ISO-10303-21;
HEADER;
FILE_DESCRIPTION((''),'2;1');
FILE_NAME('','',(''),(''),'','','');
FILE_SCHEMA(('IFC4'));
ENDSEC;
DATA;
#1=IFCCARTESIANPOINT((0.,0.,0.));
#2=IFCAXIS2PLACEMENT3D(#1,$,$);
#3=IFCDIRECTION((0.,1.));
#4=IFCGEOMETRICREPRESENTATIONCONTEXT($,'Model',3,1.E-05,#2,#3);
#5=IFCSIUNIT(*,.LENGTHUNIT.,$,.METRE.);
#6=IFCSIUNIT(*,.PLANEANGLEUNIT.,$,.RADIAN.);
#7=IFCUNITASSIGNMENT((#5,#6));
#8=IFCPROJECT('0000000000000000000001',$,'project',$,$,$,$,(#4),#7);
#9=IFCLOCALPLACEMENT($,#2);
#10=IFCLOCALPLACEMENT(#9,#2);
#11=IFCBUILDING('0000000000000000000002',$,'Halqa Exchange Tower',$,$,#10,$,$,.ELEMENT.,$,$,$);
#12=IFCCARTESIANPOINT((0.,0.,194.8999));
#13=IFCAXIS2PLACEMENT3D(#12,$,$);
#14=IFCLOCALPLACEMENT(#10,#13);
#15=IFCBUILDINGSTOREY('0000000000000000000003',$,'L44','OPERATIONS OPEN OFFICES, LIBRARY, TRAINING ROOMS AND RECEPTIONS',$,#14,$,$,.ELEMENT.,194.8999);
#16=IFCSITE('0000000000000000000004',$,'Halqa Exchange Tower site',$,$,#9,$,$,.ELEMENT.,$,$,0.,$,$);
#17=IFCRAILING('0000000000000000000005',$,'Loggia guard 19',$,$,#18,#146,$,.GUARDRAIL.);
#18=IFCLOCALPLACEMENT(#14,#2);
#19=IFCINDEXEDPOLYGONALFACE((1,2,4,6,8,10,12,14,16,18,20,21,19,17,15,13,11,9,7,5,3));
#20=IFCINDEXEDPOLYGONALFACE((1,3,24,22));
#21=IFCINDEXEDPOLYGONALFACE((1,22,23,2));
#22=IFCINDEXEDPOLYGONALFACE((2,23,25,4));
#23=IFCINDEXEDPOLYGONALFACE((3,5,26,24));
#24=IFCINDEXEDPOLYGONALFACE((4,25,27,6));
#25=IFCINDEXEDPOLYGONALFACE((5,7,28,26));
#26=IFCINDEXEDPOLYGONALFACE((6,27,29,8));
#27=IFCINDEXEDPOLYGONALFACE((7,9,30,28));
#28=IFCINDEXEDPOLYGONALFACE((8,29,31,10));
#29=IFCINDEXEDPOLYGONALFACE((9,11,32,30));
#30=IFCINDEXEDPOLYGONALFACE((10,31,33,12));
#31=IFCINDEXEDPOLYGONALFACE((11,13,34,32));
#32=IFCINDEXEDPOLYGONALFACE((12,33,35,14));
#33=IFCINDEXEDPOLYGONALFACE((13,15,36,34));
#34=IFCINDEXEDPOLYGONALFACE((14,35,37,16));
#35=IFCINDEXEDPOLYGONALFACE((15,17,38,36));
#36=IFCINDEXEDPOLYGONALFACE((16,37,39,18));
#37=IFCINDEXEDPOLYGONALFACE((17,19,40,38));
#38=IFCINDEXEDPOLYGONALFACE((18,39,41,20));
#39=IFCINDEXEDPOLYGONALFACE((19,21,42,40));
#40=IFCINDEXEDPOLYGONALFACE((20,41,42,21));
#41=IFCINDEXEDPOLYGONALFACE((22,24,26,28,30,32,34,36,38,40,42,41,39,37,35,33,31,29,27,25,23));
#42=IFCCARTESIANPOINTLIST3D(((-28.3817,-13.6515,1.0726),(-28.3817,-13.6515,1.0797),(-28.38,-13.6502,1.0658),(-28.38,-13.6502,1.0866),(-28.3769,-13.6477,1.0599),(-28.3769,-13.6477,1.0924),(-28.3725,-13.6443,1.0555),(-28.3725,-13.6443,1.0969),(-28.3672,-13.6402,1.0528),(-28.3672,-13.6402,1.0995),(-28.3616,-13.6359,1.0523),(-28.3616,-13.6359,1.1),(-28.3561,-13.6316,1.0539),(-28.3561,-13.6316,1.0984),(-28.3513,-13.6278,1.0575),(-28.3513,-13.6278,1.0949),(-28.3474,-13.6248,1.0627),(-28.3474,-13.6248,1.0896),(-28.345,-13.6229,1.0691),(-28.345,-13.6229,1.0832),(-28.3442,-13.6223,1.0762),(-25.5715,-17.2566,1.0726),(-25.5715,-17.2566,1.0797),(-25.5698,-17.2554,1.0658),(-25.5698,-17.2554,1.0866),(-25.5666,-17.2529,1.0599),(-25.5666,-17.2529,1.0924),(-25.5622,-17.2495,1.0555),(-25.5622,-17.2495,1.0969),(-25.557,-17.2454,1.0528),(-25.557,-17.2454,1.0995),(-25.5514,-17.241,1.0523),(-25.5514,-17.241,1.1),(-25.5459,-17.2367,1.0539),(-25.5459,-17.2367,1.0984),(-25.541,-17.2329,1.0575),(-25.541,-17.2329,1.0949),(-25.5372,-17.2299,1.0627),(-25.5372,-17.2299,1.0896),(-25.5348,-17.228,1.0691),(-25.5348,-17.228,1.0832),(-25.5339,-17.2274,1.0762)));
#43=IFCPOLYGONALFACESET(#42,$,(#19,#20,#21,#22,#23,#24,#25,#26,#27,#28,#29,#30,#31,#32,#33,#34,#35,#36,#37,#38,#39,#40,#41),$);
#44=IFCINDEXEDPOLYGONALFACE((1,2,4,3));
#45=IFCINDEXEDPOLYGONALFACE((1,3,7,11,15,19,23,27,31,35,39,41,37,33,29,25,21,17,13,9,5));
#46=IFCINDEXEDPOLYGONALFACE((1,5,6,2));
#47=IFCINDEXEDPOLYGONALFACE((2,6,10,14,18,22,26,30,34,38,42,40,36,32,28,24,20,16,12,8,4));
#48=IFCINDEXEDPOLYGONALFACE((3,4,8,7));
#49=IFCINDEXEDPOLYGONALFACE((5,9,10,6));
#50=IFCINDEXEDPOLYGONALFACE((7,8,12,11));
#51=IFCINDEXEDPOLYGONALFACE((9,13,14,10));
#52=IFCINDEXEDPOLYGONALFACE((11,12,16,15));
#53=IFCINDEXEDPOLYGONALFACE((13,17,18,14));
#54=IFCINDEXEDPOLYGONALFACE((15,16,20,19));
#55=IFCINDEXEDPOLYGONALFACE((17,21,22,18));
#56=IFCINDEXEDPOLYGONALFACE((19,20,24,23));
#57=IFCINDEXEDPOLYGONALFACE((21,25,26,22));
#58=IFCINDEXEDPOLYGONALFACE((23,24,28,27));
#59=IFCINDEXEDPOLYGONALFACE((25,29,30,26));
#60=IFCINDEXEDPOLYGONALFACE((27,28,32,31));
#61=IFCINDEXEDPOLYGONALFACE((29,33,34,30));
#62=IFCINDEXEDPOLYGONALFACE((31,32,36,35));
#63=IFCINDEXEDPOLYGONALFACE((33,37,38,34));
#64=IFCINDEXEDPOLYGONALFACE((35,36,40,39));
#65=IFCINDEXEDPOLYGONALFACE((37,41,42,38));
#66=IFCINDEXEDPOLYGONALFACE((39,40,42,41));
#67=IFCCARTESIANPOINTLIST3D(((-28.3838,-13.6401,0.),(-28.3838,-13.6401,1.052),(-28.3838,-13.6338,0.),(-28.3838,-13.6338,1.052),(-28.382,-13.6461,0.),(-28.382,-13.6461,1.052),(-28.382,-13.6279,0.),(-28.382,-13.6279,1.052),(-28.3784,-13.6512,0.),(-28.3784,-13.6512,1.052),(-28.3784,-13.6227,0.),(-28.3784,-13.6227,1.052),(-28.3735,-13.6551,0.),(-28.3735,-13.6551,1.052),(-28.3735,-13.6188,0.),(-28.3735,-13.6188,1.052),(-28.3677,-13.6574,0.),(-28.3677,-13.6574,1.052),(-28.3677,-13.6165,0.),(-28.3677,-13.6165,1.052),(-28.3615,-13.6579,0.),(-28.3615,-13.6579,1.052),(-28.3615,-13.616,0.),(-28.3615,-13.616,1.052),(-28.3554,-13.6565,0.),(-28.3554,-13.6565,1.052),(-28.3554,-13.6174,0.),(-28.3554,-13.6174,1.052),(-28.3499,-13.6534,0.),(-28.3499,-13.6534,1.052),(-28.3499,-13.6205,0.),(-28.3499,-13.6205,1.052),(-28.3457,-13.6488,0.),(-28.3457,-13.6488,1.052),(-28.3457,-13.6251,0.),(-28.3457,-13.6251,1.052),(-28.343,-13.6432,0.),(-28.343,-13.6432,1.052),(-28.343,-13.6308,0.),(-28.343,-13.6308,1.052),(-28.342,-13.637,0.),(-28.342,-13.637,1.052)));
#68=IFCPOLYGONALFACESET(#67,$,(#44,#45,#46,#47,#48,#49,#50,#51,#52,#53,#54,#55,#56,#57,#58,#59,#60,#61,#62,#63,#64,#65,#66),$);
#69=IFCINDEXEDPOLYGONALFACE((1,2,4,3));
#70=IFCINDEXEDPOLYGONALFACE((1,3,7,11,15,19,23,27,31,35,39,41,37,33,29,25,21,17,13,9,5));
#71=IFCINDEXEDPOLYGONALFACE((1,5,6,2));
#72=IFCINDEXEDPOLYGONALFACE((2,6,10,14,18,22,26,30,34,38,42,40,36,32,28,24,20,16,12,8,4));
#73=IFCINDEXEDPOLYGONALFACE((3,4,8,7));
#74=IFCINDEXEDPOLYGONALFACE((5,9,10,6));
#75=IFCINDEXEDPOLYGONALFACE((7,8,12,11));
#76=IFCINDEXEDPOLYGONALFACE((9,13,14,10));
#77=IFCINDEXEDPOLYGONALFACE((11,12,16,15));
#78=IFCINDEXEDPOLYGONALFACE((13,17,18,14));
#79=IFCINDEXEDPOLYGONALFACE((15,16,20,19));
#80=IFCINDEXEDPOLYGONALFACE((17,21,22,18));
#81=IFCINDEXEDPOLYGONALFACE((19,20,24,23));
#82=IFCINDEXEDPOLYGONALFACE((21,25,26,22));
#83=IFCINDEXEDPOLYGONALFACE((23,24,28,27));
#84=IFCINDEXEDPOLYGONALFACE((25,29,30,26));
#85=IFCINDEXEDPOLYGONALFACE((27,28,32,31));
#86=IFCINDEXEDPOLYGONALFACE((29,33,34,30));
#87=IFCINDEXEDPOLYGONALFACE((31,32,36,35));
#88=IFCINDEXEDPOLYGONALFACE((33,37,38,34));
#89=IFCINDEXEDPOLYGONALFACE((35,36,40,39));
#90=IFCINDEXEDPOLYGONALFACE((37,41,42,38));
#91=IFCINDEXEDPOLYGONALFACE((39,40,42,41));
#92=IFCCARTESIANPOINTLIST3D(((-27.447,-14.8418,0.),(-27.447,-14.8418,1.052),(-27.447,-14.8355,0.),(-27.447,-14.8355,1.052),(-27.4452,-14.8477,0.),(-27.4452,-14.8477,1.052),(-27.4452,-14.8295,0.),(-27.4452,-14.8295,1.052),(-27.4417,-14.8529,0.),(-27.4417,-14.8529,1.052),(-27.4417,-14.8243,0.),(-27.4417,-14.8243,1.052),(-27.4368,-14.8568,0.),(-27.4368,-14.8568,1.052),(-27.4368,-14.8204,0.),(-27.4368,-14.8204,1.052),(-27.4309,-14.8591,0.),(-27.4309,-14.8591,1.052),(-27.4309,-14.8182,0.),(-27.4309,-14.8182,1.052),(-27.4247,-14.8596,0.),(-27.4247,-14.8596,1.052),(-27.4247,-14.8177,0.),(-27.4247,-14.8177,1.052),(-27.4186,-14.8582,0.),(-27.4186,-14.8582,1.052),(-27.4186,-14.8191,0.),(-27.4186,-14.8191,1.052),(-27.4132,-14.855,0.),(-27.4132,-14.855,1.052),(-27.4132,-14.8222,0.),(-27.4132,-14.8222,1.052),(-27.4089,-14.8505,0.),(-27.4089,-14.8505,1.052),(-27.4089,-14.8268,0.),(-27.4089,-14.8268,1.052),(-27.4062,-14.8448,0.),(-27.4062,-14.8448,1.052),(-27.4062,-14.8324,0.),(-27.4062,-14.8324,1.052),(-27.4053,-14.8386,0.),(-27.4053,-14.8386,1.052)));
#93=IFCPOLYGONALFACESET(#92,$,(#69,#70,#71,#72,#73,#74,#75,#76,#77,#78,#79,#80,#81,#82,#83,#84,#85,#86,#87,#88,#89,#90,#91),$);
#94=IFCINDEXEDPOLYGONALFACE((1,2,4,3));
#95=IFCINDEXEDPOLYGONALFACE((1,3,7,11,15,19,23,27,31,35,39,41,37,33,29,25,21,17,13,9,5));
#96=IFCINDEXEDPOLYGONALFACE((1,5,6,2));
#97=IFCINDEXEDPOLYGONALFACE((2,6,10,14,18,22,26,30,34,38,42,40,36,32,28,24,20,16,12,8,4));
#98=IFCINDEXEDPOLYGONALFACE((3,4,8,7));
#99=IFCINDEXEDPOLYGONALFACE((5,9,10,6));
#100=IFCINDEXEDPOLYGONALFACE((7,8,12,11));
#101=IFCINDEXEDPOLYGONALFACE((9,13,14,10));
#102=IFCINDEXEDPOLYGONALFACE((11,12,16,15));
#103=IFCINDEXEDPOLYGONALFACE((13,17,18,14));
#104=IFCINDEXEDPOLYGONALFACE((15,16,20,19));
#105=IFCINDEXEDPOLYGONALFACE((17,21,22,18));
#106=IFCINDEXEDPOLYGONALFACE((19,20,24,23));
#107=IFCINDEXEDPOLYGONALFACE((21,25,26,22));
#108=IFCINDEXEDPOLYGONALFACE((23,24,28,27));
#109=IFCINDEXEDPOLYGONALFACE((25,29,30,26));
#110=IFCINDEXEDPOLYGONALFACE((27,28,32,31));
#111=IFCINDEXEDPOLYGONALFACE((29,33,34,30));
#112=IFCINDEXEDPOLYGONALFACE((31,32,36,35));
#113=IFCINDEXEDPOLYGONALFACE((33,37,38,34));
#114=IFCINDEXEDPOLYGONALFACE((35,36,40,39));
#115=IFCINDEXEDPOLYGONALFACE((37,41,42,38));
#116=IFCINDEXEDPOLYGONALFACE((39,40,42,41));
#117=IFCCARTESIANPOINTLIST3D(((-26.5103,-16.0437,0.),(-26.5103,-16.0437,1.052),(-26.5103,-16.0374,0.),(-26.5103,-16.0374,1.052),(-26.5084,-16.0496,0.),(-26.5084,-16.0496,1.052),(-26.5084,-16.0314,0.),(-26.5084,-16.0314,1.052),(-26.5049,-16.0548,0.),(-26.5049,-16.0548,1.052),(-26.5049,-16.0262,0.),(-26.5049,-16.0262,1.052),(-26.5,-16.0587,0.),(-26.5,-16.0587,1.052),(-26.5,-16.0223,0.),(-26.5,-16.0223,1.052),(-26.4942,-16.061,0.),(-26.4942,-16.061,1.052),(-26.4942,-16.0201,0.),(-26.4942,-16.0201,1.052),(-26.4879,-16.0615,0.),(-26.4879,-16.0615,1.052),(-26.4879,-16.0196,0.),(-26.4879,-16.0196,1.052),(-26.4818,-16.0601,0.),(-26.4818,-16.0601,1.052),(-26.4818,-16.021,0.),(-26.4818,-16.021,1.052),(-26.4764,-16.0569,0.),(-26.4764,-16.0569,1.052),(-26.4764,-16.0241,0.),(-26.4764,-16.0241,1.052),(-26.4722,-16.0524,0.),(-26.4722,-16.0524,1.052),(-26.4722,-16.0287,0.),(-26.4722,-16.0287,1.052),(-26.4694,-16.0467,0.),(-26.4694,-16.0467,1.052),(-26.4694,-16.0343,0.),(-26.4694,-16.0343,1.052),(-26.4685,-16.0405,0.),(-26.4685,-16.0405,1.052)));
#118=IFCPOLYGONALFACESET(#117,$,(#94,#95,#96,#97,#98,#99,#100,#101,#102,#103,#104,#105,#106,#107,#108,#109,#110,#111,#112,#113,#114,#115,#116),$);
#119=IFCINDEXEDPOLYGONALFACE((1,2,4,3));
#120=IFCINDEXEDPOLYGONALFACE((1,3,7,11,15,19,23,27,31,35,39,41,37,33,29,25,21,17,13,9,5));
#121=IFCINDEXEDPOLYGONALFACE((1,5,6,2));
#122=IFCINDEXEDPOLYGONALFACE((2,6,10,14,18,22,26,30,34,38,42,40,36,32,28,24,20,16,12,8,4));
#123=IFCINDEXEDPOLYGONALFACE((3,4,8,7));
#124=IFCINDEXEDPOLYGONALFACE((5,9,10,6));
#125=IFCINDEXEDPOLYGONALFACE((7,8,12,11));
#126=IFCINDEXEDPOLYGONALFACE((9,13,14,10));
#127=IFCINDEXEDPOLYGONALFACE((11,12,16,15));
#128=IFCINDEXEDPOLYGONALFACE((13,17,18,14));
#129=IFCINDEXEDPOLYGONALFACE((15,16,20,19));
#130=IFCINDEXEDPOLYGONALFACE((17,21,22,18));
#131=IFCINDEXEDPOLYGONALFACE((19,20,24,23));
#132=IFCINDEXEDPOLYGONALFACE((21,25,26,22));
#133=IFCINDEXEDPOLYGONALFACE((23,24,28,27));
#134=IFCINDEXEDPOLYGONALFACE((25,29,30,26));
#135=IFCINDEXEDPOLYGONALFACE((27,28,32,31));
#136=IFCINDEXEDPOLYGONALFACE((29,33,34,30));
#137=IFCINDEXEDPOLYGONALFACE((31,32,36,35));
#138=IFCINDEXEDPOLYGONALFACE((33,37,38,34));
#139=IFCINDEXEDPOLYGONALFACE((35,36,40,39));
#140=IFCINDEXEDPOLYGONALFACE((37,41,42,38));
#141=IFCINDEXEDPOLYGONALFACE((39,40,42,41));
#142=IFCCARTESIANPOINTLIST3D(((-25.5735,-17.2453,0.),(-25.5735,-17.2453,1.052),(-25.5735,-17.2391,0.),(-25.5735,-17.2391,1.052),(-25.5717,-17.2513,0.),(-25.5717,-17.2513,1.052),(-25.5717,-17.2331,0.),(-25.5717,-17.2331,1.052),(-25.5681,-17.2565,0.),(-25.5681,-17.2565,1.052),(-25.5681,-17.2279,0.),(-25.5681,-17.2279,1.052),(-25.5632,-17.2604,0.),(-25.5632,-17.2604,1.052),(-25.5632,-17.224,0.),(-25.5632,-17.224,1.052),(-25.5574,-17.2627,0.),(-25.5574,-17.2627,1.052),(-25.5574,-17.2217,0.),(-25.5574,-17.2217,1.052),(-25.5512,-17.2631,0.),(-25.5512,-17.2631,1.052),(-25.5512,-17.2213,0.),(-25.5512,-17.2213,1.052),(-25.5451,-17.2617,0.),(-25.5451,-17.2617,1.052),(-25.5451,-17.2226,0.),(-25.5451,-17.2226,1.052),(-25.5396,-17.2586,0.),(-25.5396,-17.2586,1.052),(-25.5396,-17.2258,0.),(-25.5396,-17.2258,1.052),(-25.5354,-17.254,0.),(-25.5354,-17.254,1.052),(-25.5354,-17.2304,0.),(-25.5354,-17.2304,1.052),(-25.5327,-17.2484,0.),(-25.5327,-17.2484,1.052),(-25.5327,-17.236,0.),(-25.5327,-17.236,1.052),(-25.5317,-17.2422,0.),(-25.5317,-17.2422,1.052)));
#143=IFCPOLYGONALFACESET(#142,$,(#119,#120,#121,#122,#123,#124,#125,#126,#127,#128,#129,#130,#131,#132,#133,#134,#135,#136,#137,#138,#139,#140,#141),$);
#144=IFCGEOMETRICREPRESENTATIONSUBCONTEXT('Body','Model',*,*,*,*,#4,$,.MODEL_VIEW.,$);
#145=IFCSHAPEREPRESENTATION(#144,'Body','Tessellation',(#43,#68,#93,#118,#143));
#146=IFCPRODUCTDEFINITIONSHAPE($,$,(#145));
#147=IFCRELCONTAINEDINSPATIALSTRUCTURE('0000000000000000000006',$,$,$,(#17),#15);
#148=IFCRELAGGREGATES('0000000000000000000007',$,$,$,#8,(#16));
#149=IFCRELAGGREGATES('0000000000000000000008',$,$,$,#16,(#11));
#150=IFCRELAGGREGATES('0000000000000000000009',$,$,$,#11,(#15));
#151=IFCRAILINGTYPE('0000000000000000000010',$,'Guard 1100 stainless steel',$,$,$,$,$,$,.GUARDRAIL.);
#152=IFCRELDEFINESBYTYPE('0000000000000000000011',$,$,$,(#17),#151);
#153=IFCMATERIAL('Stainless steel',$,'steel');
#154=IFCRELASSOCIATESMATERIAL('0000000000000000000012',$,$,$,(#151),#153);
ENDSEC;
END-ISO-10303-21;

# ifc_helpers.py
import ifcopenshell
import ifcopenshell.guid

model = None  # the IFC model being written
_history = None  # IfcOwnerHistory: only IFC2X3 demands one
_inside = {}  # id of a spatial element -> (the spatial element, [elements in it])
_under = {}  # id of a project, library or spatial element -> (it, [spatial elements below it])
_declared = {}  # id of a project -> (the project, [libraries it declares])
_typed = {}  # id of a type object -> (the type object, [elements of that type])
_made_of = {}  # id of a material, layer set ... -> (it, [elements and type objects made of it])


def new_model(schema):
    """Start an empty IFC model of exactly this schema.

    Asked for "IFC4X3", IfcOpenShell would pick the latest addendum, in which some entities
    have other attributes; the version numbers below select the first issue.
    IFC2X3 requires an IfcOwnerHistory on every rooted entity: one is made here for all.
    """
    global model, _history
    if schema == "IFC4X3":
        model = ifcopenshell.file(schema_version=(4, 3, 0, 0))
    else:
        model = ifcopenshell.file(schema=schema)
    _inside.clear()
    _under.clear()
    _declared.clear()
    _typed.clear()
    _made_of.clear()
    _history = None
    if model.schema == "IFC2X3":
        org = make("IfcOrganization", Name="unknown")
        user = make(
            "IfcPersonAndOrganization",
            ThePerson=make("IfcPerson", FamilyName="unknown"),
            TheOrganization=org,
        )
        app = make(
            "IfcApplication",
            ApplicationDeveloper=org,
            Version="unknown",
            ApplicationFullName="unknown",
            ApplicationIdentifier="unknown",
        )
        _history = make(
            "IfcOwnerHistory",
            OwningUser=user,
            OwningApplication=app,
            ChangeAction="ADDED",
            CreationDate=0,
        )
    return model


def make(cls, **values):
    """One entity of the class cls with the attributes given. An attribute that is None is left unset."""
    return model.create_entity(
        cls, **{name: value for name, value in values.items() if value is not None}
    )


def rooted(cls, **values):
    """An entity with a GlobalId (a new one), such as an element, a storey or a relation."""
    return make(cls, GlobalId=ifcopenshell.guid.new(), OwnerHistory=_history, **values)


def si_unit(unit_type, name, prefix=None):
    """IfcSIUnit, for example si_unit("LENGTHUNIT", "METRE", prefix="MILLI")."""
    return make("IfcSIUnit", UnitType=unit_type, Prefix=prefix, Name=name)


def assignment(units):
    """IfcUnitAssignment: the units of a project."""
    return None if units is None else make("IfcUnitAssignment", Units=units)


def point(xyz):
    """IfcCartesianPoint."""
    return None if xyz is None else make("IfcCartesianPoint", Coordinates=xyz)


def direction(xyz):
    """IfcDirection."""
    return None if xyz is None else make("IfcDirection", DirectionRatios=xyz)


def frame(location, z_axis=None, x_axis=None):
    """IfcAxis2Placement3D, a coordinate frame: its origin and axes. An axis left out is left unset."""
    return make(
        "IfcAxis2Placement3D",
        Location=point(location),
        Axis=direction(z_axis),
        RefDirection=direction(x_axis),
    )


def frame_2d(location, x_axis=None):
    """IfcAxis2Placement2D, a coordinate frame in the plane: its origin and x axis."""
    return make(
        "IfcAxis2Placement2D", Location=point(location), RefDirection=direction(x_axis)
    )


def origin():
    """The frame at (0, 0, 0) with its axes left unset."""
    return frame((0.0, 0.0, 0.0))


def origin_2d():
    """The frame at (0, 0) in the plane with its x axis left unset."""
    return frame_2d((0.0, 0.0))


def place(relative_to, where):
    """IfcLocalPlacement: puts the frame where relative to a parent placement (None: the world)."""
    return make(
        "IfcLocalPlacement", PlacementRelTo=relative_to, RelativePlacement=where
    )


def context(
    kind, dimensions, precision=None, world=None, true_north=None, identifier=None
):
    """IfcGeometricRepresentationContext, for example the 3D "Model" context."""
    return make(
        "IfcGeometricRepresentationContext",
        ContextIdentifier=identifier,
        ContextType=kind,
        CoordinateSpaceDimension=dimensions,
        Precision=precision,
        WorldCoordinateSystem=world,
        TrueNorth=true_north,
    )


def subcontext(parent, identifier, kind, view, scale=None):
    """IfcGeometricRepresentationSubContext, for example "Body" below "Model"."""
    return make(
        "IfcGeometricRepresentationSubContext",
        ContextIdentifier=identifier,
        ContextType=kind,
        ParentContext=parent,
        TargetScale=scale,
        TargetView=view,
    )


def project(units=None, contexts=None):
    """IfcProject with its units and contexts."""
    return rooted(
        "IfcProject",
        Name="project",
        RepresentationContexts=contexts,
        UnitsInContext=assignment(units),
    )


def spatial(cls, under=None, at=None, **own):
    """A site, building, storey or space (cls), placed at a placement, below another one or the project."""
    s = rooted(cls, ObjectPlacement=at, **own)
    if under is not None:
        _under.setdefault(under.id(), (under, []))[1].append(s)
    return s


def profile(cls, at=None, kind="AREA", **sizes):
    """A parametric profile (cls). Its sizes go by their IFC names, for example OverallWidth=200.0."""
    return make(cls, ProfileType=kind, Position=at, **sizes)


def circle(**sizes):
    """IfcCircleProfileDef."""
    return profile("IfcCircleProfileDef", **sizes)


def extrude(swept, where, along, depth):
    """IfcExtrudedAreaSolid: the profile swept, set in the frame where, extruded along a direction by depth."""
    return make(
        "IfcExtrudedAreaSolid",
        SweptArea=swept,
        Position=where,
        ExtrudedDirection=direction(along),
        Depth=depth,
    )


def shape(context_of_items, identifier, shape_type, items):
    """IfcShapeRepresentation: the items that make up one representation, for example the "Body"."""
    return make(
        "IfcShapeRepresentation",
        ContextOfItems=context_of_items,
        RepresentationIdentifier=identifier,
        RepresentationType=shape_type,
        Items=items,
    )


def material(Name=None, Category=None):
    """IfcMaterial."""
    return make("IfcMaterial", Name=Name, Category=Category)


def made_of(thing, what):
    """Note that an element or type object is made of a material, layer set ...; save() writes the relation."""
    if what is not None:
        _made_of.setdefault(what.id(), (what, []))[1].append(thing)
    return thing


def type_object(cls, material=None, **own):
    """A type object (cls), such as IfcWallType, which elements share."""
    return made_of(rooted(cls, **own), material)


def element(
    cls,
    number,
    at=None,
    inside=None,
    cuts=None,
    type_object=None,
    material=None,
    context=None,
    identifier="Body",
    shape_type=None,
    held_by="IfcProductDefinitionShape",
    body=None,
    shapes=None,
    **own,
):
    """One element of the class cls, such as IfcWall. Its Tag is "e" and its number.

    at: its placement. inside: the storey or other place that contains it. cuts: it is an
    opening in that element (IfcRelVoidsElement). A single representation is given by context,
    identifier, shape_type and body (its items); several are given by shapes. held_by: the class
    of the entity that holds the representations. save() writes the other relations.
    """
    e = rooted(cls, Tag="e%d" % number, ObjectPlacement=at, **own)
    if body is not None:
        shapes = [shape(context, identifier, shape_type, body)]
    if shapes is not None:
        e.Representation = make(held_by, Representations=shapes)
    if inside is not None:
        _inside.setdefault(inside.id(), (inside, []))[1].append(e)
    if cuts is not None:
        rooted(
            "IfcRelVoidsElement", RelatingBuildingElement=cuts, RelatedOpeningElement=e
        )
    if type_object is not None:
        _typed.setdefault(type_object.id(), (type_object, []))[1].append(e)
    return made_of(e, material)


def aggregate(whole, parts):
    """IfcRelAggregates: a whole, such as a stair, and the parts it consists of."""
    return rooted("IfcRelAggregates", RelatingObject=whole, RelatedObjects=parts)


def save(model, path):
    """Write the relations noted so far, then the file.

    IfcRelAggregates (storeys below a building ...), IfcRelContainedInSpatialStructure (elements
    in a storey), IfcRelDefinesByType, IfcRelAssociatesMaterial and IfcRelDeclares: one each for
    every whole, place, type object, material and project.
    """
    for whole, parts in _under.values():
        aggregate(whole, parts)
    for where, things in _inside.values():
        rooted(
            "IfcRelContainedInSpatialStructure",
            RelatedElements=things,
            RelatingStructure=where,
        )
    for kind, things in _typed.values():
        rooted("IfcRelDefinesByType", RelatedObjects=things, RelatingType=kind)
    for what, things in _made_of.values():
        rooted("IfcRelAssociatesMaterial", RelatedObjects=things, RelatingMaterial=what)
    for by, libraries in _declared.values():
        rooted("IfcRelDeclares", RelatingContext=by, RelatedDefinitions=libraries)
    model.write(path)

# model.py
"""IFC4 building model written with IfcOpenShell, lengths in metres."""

from ifc_helpers import new_model, si_unit, direction, frame, origin, origin_2d, place, context, subcontext, project, spatial, circle, extrude, material, type_object, element, save


model = new_model("IFC4")

# Units and contexts
model_context = context("Model", 3, precision=1e-05, world=origin(), true_north=direction((0.0, 1.0)))
body_context = subcontext(model_context, "Body", "Model", "MODEL_VIEW")
ifc_project = project(units=[si_unit("LENGTHUNIT", "METRE"), si_unit("PLANEANGLEUNIT", "RADIAN")], contexts=[model_context])

# Site, building, storey
site_placement = place(None, origin())
site = spatial("IfcSite", under=ifc_project, at=site_placement, Name="Halqa Exchange Tower site", CompositionType="ELEMENT", RefElevation=0.0)
building_placement = place(site_placement, origin())
building = spatial("IfcBuilding", under=site, at=building_placement, Name="Halqa Exchange Tower", CompositionType="ELEMENT")
storey_placement = place(building_placement, frame((0.0, 0.0, 194.8999)))
storey = spatial("IfcBuildingStorey", under=building, at=storey_placement, Name="L44", Description="OPERATIONS OPEN OFFICES, LIBRARY, TRAINING ROOMS AND RECEPTIONS", CompositionType="ELEMENT", Elevation=194.8999)

# Railing
ifc_material_1 = material(Name="Stainless steel", Category="steel")
railing_type = type_object("IfcRailingType", Name="Guard 1100 stainless steel", PredefinedType="GUARDRAIL", material=ifc_material_1)
railing_1_placement = place(storey_placement, frame((-28.363, -13.637, 0.0)))
element("IfcRailing", 1, at=railing_1_placement, inside=storey, type_object=railing_type, Name="Loggia guard 19", PredefinedType="GUARDRAIL", context=body_context, shape_type="SweptSolid", body=[
    extrude(circle(Radius=0.0239, at=origin_2d()), frame((0.0, 0.0, 1.0762), z_axis=(0.614791, -0.78869, 0.0), x_axis=(0.78869, 0.614791, 0.0)), (0.0, 0.0, 1.0), 4.571),
    extrude(circle(Radius=0.021, at=origin_2d()), origin(), (0.0, 0.0, 1.0), 1.052),
    extrude(circle(Radius=0.021, at=origin_2d()), frame((0.9368, -1.2017, 0.0)), (0.0, 0.0, 1.0), 1.052),
    extrude(circle(Radius=0.021, at=origin_2d()), frame((1.8735, -2.4036, 0.0)), (0.0, 0.0, 1.0), 1.052),
    extrude(circle(Radius=0.021, at=origin_2d()), frame((2.8103, -3.6052, 0.0)), (0.0, 0.0, 1.0), 1.052),
])

save(model, "model.ifc")
